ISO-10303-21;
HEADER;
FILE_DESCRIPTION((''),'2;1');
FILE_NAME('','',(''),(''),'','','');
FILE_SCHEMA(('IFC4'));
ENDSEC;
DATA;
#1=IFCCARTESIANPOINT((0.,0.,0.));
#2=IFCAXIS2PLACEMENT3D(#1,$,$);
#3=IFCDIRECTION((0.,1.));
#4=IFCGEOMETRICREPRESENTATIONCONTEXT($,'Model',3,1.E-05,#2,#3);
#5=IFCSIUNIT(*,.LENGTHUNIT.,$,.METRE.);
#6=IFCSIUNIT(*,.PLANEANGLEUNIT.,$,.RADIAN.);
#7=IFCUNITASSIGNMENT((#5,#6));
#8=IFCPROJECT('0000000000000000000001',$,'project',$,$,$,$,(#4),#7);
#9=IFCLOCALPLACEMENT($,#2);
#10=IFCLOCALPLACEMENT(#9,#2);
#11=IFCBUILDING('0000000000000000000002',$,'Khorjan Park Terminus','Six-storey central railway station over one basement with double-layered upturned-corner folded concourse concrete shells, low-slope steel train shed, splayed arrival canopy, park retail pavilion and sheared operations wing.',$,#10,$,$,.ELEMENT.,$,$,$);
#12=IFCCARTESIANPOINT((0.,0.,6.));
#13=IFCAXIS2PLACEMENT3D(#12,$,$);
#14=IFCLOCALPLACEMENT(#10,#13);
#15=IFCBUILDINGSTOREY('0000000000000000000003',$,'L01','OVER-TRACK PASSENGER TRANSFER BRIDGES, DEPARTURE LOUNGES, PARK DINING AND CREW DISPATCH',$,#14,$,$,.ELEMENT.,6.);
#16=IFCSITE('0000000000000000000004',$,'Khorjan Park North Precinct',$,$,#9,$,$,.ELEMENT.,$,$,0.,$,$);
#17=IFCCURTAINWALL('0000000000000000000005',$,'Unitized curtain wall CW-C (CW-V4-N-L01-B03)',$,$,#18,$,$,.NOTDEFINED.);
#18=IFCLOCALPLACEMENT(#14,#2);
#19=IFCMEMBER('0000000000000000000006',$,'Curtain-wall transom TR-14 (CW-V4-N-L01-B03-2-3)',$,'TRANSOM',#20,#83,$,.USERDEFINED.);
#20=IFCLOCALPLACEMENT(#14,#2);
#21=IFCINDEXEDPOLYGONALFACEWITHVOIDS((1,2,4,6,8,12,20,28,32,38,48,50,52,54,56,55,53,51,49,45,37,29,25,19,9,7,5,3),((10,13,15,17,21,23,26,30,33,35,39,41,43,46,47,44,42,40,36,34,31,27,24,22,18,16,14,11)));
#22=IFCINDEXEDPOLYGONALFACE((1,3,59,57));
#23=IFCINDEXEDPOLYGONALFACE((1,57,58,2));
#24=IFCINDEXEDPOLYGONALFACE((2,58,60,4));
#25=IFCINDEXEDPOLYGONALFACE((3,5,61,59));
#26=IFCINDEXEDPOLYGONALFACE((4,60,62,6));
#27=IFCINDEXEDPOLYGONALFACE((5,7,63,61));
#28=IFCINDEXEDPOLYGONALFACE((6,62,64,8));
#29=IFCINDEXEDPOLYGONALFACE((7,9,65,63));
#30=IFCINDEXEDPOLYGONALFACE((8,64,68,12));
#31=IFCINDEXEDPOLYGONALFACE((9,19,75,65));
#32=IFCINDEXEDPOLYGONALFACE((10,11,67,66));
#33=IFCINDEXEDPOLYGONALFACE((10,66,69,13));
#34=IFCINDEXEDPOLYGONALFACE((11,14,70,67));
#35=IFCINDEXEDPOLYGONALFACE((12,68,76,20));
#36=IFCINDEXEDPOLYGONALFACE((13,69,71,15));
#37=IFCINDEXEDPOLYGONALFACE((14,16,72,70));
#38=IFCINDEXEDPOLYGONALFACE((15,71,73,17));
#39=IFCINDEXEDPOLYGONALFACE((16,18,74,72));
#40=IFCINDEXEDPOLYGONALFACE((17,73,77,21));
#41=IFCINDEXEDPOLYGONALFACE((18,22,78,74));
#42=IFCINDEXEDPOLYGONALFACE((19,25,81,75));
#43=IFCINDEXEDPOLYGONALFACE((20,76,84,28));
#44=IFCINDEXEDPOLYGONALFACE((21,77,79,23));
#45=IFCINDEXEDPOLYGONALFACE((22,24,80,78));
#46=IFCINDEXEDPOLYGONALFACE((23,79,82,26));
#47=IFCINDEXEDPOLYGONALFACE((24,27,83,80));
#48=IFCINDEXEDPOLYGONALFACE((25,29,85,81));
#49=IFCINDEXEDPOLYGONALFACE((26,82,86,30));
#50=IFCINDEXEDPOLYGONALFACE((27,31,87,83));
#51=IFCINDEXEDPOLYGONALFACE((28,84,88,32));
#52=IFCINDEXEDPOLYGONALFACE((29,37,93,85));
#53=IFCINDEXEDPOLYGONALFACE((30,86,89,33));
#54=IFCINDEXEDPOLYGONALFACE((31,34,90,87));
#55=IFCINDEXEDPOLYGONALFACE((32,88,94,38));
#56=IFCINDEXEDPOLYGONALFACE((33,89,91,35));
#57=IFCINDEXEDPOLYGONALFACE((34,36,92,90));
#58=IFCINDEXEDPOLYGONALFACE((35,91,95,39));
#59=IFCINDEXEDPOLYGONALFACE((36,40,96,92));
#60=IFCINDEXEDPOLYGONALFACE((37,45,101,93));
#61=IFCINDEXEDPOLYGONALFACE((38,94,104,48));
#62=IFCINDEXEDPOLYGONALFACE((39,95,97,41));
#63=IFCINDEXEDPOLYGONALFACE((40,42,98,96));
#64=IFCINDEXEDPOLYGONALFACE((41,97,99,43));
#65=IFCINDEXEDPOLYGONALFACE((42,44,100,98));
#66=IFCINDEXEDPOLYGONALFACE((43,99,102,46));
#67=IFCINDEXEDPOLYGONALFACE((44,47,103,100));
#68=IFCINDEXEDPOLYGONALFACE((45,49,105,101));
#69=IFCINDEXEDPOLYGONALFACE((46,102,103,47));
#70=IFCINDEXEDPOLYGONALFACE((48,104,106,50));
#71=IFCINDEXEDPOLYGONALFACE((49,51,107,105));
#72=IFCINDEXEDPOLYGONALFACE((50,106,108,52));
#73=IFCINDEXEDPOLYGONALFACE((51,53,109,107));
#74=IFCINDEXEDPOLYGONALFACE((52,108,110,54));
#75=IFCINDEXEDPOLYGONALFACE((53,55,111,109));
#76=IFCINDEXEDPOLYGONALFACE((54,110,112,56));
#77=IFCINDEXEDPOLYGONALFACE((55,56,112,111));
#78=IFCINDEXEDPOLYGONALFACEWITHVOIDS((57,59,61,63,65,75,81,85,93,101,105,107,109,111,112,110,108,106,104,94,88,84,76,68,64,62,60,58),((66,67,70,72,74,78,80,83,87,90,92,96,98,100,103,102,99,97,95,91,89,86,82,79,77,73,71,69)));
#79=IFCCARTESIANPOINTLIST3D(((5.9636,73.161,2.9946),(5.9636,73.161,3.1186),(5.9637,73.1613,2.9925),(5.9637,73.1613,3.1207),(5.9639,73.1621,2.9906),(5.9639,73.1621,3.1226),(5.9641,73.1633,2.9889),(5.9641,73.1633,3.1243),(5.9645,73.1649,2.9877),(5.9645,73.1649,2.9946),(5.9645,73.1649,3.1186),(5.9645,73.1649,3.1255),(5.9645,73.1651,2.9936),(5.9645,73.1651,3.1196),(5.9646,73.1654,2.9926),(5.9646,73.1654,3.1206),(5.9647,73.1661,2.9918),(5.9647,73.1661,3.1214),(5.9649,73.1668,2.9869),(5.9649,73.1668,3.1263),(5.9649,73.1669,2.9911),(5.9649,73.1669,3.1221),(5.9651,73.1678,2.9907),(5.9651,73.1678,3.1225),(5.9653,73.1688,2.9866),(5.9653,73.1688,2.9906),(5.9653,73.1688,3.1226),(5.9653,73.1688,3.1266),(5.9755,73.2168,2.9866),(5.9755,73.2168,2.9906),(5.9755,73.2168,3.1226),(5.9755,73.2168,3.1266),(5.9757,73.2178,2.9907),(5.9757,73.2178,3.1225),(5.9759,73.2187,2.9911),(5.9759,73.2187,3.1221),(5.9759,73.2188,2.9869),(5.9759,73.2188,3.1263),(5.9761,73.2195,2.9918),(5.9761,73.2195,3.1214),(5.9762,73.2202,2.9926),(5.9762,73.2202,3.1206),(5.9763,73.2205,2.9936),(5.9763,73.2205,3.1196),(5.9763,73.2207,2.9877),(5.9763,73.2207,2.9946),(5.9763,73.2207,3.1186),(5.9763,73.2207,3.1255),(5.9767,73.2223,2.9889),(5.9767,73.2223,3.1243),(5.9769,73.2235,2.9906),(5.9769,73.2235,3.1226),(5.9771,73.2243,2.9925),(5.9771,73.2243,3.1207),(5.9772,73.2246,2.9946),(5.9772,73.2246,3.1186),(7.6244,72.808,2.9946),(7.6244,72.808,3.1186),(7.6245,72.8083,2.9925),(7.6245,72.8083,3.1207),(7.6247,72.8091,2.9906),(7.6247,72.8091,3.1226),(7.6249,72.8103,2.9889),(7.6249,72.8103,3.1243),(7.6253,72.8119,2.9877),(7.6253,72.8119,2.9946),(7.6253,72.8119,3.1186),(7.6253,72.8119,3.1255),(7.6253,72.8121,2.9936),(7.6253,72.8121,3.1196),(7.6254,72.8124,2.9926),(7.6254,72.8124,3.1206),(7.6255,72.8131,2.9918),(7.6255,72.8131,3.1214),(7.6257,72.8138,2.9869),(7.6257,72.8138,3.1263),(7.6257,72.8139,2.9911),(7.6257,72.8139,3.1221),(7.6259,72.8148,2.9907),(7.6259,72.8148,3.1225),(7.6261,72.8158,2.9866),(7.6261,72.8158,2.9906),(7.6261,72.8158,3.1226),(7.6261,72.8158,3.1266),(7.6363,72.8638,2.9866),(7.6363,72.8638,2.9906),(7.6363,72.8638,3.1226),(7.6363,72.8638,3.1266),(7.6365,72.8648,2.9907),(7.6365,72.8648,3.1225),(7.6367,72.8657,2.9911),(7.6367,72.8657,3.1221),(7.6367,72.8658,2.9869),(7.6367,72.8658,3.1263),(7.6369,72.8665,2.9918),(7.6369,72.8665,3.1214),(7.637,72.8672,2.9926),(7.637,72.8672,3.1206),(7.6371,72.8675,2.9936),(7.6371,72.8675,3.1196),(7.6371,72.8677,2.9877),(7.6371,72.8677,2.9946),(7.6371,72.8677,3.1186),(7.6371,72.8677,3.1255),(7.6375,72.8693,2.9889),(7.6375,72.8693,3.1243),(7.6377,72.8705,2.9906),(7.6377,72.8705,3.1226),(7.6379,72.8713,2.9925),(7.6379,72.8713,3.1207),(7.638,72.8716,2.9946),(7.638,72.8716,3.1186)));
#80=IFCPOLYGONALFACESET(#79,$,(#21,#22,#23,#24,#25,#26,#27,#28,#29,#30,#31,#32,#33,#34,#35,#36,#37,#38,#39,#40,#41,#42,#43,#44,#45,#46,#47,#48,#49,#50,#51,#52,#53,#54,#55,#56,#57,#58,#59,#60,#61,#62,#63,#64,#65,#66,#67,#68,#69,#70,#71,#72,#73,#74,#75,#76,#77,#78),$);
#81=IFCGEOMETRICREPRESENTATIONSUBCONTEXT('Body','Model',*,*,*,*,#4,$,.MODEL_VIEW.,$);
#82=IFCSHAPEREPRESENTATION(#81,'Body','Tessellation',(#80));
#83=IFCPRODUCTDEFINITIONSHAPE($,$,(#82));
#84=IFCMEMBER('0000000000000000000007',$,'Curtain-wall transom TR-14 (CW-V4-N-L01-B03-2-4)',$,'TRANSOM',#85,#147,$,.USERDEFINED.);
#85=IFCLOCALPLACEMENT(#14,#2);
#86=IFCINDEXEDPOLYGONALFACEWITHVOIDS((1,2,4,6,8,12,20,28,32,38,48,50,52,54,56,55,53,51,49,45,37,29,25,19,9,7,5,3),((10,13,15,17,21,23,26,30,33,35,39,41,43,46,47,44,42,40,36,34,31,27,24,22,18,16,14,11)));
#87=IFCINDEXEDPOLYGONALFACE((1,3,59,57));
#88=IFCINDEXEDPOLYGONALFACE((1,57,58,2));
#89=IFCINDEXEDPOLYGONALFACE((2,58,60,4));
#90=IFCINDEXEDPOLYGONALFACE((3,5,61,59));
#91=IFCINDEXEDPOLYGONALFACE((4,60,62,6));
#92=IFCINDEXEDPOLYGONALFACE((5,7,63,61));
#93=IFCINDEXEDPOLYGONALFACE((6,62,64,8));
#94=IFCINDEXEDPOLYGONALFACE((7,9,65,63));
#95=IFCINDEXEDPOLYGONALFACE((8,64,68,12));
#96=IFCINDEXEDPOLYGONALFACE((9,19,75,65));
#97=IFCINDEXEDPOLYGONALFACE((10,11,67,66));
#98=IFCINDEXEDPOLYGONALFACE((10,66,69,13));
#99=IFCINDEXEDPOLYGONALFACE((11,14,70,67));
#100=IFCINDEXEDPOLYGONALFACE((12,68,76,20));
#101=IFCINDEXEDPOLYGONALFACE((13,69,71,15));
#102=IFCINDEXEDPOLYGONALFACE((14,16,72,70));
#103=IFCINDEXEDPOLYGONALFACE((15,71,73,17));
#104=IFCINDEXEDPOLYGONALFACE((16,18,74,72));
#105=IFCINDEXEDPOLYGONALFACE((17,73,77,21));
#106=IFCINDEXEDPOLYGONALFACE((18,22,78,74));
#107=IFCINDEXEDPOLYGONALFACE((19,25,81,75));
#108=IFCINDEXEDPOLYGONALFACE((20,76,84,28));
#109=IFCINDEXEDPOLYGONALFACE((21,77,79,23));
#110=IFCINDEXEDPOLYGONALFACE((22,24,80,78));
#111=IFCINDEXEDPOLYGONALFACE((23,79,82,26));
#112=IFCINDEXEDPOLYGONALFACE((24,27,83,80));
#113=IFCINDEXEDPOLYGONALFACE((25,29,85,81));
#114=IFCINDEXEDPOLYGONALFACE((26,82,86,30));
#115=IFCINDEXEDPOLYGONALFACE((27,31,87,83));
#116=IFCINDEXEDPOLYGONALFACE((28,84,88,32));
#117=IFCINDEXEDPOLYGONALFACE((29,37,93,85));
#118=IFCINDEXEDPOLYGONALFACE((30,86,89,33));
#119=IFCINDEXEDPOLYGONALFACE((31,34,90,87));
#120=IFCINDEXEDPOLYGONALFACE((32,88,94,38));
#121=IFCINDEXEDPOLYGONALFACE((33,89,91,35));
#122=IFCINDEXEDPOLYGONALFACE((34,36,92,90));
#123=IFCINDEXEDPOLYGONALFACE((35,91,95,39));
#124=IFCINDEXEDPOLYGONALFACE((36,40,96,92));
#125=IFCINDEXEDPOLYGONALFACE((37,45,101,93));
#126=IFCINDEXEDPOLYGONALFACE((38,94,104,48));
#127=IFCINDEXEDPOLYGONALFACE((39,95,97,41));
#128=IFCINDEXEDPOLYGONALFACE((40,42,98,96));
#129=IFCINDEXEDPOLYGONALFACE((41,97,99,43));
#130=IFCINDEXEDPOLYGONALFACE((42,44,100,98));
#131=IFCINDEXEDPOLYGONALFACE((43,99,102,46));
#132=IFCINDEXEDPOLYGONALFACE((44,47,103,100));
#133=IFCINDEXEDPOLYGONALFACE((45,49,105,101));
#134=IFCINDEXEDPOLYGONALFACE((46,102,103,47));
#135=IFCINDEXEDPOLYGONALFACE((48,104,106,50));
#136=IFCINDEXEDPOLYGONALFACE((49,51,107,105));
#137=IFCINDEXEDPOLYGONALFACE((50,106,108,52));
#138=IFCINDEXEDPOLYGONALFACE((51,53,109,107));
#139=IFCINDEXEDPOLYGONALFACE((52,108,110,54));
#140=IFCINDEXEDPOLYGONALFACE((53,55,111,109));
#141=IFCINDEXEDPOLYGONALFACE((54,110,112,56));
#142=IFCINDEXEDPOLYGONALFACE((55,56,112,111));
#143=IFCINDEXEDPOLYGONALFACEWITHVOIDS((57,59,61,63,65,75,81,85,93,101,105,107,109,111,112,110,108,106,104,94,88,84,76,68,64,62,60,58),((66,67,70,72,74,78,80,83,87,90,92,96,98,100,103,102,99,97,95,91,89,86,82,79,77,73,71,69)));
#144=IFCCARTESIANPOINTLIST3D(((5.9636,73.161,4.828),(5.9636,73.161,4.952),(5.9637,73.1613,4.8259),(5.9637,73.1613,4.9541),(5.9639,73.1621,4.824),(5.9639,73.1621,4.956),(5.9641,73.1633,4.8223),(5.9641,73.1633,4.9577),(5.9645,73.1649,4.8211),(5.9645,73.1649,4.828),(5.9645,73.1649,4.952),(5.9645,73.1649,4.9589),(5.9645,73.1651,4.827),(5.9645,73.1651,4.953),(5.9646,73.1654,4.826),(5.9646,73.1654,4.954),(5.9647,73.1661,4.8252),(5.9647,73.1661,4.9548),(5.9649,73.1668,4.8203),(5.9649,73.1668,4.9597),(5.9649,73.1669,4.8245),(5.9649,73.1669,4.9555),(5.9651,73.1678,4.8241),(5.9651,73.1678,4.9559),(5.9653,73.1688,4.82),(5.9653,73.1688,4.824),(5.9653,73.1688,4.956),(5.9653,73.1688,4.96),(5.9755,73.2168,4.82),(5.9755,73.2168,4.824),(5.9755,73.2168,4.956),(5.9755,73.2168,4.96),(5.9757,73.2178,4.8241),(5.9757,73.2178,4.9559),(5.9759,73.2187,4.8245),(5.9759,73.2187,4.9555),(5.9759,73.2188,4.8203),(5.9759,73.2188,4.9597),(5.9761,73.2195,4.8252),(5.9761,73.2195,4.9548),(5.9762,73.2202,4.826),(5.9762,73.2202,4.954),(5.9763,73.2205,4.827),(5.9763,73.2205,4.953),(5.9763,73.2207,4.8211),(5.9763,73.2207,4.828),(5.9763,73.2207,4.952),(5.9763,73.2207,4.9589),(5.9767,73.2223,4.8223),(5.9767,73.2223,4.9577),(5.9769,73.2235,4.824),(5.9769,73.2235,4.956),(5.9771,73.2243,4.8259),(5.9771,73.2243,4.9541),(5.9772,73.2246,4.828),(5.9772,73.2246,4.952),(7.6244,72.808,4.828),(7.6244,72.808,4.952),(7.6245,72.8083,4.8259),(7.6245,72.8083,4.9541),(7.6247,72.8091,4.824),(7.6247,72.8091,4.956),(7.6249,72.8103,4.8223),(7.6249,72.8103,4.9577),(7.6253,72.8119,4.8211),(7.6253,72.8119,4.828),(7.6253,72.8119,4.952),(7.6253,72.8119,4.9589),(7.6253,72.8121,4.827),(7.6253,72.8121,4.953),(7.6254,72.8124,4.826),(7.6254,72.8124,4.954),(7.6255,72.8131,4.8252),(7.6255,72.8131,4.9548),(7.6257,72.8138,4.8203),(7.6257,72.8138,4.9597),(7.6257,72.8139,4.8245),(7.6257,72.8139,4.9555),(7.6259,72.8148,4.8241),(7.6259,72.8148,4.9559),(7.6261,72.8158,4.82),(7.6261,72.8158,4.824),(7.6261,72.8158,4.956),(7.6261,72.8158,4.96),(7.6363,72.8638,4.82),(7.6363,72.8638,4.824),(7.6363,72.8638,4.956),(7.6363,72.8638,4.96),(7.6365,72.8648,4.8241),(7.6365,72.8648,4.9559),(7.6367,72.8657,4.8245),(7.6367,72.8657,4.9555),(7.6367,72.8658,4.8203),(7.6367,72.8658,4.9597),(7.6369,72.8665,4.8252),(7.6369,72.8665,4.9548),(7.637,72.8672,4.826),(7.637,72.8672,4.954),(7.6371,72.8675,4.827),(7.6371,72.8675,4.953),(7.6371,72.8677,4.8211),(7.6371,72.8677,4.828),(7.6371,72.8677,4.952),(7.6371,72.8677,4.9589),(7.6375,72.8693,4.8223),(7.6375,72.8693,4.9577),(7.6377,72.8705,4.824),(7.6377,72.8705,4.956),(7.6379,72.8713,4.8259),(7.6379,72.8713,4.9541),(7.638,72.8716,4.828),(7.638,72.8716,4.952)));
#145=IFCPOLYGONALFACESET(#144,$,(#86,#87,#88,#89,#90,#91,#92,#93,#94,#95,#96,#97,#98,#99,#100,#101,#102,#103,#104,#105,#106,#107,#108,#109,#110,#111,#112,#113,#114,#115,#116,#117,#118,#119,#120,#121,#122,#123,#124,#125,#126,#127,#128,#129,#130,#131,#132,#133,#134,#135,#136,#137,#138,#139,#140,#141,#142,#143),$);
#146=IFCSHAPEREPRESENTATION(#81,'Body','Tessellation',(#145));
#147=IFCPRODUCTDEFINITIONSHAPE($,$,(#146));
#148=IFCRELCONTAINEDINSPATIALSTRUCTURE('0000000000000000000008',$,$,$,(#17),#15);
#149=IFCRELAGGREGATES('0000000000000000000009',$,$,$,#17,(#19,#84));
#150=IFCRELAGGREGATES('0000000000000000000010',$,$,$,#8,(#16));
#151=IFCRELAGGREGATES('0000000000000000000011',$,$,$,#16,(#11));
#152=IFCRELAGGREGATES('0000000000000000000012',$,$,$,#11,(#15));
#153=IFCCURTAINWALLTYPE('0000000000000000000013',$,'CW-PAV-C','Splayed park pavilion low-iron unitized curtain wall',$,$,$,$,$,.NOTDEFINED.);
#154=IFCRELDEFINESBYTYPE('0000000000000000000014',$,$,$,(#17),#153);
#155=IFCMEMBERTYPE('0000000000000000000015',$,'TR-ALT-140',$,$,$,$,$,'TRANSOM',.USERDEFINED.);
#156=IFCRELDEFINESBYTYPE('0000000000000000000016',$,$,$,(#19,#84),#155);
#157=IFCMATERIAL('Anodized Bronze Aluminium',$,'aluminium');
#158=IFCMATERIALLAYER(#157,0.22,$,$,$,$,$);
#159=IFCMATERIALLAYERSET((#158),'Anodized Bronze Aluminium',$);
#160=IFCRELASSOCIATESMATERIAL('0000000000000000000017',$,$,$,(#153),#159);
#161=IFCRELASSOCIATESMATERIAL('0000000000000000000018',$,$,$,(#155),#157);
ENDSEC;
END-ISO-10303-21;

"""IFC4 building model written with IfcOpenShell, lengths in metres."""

from ifc_helpers import new_model, si_unit, direction, frame, origin, origin_2d, place, context, subcontext, project, spatial, hollow_rectangle, extrude, material, layer, layer_set, material_profile, profile_set, type_object, element, aggregate, save


model = new_model("IFC4")

# Units and contexts
model_context = context("Model", 3, precision=1e-05, world=origin(), true_north=direction((0.0, 1.0)))
body_context = subcontext(model_context, "Body", "Model", "MODEL_VIEW")
ifc_project = project(units=[si_unit("LENGTHUNIT", "METRE"), si_unit("PLANEANGLEUNIT", "RADIAN")], contexts=[model_context])

# Site, building, storey
site_placement = place(None, origin())
site = spatial("IfcSite", under=ifc_project, at=site_placement, Name="Khorjan Park North Precinct", CompositionType="ELEMENT", RefElevation=0.0)
building_placement = place(site_placement, origin())
building = spatial("IfcBuilding", under=site, at=building_placement, Name="Khorjan Park Terminus", Description="Six-storey central railway station over one basement with double-layered upturned-corner folded concourse concrete shells, low-slope steel train shed, splayed arrival canopy, park retail pavilion and sheared operations wing.", CompositionType="ELEMENT")
storey_placement = place(building_placement, frame((0.0, 0.0, 6.0)))
storey = spatial("IfcBuildingStorey", under=building, at=storey_placement, Name="L01", Description="OVER-TRACK PASSENGER TRANSFER BRIDGES, DEPARTURE LOUNGES, PARK DINING AND CREW DISPATCH", CompositionType="ELEMENT", Elevation=6.0)

# Curtain wall
ifc_material_1 = material(Name="Anodized Bronze Aluminium", Category="aluminium")
ifc_layer_1 = layer(ifc_material_1, 0.22)
ifc_layer_set_1 = layer_set([ifc_layer_1], Name="Anodized Bronze Aluminium")
curtain_wall_type = type_object("IfcCurtainWallType", Name="CW-PAV-C", Description="Splayed park pavilion low-iron unitized curtain wall", PredefinedType="NOTDEFINED", material=ifc_layer_set_1)
curtain_wall_1_placement = place(storey_placement, origin())
curtain_wall_1 = element("IfcCurtainWall", 1, at=curtain_wall_1_placement, inside=storey, type_object=curtain_wall_type, Name="Unitized curtain wall CW-C (CW-V4-N-L01-B03)", PredefinedType="NOTDEFINED")

# Members
ifc_material_profile_1 = material_profile(ifc_material_1, hollow_rectangle(XDim=0.065, YDim=0.14, WallThickness=0.004, InnerFilletRadius=0.004, OuterFilletRadius=0.008, at=origin_2d()), Name="ALT 65x140x4")
ifc_profile_set_1 = profile_set([ifc_material_profile_1], Name="Anodized Bronze Aluminium")
member_type_1 = type_object("IfcMemberType", Name="TR-ALT-140", ElementType="TRANSOM", PredefinedType="USERDEFINED", material=ifc_profile_set_1)
member_1_placement = place(storey_placement, frame((7.6312, 72.8398, 3.0566), z_axis=(-0.978149, 0.207904, 0.0), x_axis=(-0.207904, -0.978149, 0.0)))
member_1 = element("IfcMember", 2, at=member_1_placement, type_object=member_type_1, Name="Curtain-wall transom TR-14 (CW-V4-N-L01-B03-2-3)", ObjectType="TRANSOM", PredefinedType="USERDEFINED", context=body_context, shape_type="SweptSolid", body=[
    extrude(hollow_rectangle(XDim=0.065, YDim=0.14, WallThickness=0.004, InnerFilletRadius=0.004, OuterFilletRadius=0.008, at=origin_2d()), origin(), (0.0, 0.0, 1.0), 1.6979),
])
member_2_placement = place(storey_placement, frame((7.6312, 72.8398, 4.89), z_axis=(-0.978149, 0.207904, 0.0), x_axis=(-0.207904, -0.978149, 0.0)))
member_2 = element("IfcMember", 3, at=member_2_placement, type_object=member_type_1, Name="Curtain-wall transom TR-14 (CW-V4-N-L01-B03-2-4)", ObjectType="TRANSOM", PredefinedType="USERDEFINED", context=body_context, shape_type="SweptSolid", body=[
    extrude(hollow_rectangle(XDim=0.065, YDim=0.14, WallThickness=0.004, InnerFilletRadius=0.004, OuterFilletRadius=0.008, at=origin_2d()), origin(), (0.0, 0.0, 1.0), 1.6979),
])

aggregate(curtain_wall_1, [member_1, member_2])

save(model, "model.ifc")
